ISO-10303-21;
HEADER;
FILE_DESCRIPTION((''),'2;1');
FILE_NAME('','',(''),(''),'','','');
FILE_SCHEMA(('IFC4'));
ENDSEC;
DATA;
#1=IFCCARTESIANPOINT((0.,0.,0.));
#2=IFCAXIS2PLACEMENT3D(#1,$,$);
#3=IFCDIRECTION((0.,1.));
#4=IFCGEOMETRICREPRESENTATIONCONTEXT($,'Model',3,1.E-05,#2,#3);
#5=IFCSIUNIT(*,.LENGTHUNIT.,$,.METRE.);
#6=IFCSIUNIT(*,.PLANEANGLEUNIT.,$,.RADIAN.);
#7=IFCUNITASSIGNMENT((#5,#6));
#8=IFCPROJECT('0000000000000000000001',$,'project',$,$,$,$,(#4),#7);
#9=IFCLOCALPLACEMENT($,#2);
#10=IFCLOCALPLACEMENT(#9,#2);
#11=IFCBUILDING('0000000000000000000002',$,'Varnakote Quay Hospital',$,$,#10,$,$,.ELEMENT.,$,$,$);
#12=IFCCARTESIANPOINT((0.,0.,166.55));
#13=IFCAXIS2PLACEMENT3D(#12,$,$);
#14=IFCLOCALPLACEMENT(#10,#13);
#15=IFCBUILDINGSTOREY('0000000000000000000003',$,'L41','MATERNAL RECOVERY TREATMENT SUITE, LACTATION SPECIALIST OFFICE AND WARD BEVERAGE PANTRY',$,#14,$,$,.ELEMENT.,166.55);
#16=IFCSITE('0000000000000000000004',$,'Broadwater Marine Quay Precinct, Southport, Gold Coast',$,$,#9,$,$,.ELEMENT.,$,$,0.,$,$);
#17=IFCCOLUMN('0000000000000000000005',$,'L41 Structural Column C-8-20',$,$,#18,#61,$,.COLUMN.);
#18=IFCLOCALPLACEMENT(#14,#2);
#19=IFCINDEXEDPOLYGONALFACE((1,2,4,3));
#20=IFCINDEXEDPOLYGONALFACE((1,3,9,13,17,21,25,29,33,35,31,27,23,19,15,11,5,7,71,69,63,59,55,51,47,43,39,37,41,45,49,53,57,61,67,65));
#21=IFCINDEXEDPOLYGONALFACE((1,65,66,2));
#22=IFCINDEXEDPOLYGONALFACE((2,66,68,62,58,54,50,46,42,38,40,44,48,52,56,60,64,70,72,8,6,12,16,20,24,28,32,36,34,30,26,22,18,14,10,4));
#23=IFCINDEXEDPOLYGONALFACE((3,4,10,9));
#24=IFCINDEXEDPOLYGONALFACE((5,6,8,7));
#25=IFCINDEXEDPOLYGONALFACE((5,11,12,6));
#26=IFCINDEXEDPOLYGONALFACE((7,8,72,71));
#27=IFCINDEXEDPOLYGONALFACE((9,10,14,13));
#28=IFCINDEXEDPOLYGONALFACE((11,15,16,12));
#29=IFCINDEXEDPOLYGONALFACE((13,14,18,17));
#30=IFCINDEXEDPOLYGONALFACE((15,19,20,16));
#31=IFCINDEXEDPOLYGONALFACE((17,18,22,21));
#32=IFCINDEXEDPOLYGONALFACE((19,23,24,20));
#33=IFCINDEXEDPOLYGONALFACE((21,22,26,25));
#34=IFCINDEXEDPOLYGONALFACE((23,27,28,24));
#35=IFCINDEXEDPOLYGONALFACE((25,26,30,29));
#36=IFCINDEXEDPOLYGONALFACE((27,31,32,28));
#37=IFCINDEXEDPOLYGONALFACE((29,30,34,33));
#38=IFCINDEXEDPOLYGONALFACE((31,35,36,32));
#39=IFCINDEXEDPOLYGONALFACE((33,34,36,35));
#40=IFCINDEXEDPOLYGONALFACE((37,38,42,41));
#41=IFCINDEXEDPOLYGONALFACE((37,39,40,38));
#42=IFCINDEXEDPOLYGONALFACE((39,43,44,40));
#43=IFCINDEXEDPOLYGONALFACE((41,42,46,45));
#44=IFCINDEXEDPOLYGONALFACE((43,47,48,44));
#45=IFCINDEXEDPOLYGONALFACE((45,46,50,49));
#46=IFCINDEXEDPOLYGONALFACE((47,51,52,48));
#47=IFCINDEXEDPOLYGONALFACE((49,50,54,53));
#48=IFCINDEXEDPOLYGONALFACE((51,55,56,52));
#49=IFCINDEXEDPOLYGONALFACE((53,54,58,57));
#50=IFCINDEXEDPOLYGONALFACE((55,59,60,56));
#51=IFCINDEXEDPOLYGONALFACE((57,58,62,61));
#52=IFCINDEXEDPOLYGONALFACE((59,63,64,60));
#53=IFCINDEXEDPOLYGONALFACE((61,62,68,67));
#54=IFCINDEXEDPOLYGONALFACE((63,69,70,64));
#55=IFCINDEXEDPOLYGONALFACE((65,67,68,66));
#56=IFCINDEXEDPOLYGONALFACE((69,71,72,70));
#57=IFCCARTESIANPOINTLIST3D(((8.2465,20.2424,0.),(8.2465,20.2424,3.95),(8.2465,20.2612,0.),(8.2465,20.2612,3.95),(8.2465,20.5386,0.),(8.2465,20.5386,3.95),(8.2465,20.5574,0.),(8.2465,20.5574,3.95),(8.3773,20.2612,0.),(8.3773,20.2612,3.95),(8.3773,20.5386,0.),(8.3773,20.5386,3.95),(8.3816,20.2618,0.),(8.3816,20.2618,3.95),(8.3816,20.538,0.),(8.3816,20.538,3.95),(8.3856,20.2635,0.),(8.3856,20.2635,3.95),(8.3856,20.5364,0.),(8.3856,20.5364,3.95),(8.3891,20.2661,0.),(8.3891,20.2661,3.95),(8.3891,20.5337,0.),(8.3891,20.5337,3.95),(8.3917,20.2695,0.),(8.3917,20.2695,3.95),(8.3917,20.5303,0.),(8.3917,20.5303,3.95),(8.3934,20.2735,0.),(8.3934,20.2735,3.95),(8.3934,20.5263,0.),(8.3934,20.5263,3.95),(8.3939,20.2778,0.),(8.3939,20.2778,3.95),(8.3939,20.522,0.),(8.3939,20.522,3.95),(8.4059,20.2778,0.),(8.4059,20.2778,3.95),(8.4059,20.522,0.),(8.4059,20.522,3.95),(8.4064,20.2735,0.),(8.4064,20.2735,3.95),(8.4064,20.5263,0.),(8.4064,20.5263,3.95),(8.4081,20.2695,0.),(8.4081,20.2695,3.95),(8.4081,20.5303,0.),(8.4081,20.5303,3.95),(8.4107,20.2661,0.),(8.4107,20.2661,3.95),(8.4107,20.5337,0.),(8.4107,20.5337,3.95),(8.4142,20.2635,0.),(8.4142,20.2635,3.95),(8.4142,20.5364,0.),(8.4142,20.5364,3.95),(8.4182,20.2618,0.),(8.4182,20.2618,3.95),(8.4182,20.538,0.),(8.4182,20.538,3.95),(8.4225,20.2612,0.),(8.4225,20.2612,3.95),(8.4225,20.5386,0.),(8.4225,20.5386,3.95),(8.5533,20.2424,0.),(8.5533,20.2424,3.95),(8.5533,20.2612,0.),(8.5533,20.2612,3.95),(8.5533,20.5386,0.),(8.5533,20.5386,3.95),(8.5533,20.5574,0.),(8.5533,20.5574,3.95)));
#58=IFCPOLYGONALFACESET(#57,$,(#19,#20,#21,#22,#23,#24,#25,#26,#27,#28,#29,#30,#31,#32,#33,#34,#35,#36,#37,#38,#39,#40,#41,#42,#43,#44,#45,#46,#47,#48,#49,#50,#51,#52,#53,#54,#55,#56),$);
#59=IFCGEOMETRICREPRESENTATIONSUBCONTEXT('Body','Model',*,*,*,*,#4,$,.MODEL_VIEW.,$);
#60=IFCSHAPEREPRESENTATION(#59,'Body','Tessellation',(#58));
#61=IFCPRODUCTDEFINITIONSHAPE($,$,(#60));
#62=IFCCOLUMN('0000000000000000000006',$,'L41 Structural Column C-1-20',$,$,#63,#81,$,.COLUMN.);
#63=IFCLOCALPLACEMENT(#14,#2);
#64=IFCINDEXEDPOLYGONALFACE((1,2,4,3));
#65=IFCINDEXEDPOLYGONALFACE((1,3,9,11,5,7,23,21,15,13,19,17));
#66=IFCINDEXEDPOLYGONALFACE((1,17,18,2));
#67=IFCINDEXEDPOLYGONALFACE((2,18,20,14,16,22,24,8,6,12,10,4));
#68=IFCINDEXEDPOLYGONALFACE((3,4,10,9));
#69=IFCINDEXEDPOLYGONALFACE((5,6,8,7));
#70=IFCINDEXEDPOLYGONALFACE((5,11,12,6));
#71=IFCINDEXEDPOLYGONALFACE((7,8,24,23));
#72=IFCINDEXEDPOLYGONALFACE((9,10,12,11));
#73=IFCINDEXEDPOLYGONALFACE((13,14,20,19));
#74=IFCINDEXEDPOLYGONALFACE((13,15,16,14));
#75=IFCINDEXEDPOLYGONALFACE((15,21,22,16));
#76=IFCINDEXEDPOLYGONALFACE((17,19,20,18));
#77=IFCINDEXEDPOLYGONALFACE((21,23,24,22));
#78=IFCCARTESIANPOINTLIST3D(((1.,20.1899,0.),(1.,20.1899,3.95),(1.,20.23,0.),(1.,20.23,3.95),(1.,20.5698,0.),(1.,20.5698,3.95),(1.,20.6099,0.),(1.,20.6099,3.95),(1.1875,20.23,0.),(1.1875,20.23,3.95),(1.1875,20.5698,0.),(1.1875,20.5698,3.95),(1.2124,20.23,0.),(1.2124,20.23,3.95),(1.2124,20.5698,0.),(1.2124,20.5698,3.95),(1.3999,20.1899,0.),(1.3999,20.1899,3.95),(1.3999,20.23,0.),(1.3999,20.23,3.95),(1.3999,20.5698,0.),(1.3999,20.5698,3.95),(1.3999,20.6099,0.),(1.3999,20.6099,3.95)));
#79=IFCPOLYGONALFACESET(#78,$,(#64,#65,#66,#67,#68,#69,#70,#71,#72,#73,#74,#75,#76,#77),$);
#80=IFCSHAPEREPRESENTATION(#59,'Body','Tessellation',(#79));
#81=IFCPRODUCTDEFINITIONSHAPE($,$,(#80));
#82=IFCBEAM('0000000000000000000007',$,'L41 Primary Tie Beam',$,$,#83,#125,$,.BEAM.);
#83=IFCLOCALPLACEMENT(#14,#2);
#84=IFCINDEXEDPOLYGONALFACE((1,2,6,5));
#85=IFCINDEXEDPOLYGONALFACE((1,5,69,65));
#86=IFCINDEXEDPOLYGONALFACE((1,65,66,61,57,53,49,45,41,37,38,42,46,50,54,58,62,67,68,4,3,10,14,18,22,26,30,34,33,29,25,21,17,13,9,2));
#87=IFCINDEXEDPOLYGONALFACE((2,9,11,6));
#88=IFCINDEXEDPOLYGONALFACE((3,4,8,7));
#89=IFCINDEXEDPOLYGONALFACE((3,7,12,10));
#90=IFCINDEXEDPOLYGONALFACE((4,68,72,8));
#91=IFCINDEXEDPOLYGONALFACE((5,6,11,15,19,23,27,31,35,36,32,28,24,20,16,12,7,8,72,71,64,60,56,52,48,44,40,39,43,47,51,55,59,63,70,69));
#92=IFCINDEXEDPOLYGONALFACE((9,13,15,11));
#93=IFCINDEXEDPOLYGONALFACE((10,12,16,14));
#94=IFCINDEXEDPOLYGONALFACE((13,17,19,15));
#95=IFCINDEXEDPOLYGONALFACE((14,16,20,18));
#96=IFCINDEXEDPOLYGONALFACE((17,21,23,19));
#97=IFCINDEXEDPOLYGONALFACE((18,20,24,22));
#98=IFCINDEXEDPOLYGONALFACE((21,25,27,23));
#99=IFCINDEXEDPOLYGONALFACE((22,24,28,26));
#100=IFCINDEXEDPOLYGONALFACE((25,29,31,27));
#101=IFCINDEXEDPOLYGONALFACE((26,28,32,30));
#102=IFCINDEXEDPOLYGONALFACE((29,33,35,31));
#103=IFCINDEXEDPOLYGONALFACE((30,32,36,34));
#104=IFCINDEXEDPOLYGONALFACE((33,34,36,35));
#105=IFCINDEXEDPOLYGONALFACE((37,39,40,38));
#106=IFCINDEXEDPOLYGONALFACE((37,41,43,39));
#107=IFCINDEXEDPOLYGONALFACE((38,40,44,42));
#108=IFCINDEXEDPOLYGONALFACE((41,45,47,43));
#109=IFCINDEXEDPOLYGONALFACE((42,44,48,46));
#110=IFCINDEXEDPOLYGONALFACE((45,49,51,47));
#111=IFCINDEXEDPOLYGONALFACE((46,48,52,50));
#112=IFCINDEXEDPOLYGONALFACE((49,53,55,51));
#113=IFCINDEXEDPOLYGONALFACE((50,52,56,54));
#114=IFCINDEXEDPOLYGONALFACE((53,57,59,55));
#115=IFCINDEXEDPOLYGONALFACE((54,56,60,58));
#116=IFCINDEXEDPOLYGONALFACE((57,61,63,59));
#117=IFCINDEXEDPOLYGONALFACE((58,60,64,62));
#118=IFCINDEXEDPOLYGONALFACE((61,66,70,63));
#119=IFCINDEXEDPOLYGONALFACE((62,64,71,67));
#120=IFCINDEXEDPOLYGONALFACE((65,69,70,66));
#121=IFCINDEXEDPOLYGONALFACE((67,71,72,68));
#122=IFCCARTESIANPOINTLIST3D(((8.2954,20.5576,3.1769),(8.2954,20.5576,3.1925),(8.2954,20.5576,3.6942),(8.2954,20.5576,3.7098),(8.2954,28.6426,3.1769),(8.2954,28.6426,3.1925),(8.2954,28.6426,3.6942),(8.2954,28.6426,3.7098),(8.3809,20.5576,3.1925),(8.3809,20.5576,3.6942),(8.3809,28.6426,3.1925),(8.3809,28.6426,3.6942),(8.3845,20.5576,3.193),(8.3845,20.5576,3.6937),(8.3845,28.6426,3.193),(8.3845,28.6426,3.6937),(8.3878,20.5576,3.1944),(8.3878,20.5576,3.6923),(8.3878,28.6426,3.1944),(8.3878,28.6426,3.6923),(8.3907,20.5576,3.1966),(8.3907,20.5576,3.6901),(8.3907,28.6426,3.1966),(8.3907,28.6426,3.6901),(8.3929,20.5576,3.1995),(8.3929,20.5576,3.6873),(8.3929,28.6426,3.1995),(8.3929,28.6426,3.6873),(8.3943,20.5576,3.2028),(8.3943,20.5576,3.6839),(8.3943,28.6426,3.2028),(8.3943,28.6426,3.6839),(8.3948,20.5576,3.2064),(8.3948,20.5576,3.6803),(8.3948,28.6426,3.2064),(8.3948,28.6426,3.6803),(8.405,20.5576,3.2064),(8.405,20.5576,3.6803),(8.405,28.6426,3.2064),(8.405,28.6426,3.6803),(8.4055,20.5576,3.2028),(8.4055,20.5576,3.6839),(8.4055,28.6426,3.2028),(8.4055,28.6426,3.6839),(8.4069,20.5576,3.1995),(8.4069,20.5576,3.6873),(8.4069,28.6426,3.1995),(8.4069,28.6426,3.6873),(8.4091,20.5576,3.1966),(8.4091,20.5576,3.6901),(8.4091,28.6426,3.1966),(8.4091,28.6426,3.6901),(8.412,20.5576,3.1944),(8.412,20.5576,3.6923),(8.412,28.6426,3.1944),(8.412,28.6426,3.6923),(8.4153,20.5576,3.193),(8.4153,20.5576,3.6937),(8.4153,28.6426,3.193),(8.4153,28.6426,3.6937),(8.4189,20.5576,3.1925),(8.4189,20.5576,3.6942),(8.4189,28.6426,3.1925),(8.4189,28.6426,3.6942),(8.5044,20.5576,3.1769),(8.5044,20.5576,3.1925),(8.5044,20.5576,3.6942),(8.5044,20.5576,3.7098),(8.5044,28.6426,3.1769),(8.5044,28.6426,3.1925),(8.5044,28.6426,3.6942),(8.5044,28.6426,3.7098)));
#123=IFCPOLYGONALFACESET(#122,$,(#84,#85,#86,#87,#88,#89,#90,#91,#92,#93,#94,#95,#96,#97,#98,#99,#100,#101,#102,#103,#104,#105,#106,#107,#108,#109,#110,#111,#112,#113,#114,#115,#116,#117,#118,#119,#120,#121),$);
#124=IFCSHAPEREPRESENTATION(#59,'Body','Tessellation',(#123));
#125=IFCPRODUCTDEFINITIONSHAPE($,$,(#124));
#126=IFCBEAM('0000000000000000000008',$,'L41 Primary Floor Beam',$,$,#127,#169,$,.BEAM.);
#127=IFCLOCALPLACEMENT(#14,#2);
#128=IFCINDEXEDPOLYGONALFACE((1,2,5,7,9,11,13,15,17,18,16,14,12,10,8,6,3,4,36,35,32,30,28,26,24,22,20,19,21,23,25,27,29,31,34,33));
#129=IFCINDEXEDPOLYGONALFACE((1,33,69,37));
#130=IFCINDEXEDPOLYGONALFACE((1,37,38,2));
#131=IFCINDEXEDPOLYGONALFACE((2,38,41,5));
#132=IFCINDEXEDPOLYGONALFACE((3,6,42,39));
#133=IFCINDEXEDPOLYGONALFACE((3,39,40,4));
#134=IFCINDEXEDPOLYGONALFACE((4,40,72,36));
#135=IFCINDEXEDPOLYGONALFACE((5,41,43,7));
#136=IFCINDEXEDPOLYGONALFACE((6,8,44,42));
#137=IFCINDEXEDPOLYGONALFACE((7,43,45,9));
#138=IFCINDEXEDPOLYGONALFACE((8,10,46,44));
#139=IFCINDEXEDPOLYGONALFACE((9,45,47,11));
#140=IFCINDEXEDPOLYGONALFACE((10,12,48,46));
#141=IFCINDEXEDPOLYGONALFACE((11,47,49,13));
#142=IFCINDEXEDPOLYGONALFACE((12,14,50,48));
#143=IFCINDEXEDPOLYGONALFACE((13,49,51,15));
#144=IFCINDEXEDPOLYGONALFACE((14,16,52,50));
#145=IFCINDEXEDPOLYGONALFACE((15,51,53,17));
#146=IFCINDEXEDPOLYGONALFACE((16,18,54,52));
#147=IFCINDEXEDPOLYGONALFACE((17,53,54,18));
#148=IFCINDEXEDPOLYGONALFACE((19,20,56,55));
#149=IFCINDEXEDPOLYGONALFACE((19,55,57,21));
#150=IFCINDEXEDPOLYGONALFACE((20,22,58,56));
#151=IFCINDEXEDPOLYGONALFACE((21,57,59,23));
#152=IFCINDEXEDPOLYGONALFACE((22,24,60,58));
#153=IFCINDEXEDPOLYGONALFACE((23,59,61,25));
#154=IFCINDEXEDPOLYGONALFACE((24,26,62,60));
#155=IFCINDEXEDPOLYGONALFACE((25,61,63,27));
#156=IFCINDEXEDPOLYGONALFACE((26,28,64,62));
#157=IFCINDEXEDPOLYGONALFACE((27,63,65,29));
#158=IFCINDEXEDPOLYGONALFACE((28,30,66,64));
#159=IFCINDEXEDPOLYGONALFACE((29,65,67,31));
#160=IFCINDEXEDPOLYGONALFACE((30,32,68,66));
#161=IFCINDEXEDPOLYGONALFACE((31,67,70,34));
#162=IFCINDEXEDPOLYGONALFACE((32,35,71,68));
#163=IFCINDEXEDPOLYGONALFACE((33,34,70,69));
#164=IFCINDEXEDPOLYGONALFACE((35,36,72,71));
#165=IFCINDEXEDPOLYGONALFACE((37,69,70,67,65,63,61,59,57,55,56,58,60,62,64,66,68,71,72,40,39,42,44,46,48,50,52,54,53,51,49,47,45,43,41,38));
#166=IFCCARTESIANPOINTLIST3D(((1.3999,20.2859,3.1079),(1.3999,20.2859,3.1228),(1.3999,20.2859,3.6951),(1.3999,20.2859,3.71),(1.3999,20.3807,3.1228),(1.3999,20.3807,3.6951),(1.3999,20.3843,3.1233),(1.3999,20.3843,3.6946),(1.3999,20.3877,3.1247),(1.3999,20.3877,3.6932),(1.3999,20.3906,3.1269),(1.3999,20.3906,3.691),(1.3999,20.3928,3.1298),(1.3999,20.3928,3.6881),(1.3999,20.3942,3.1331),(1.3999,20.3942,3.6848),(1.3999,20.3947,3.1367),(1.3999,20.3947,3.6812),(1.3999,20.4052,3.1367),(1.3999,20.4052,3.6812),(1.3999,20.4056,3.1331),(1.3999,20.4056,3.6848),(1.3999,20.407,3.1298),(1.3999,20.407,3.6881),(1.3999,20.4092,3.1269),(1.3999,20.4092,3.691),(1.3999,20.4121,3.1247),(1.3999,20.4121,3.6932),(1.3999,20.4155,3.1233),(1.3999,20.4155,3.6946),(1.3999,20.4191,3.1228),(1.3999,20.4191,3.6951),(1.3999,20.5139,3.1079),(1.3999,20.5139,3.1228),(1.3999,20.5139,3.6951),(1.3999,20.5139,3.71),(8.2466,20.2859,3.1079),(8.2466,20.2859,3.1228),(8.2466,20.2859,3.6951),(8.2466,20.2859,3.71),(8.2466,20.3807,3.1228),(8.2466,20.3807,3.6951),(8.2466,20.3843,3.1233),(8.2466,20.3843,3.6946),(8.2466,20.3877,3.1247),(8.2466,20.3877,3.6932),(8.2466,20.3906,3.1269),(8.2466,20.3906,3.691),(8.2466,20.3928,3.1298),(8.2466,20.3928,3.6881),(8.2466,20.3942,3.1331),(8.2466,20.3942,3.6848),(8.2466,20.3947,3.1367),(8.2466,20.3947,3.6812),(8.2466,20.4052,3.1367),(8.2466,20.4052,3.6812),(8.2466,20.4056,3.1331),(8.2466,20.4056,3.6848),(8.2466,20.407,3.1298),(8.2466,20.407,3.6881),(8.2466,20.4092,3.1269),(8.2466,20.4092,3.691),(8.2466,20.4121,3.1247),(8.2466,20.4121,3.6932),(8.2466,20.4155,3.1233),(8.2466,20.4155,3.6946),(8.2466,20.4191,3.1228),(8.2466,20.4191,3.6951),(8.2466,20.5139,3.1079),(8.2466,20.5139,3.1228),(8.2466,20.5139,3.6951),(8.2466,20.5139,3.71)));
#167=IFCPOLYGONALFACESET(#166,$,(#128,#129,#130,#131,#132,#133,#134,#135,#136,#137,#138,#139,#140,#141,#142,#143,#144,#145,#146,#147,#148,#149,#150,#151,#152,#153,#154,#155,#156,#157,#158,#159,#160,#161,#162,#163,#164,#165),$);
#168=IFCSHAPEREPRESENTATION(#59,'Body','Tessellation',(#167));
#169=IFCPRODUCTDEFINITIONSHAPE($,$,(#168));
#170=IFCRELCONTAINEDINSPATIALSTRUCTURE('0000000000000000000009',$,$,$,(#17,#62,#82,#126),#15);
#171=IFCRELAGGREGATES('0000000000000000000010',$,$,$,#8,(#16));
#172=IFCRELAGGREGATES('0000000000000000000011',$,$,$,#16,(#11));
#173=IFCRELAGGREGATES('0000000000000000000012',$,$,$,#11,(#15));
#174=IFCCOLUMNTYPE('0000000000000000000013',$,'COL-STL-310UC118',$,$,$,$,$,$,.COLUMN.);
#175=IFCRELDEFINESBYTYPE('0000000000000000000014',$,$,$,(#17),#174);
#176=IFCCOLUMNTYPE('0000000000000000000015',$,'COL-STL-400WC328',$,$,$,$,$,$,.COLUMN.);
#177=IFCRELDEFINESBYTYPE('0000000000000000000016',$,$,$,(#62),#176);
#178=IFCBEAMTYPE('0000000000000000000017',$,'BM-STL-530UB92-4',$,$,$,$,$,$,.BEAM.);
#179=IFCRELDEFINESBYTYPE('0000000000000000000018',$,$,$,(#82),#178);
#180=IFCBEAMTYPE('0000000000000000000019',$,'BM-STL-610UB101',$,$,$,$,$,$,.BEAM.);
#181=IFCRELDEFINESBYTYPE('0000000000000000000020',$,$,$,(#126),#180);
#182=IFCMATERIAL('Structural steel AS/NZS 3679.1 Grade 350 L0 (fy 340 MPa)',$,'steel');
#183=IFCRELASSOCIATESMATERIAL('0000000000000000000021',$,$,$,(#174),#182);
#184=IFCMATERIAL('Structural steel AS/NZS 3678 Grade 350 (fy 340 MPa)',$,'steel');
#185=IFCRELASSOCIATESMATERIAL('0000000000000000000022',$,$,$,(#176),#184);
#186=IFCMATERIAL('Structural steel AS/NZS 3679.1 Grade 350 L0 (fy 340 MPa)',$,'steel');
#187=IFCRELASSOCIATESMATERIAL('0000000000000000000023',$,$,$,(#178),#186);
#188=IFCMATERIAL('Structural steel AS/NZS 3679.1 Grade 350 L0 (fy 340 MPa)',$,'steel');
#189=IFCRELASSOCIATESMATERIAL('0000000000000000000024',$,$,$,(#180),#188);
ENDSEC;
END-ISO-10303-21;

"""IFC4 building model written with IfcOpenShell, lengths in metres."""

from ifc_helpers import new_model, si_unit, direction, frame, origin, origin_2d, place, context, subcontext, project, spatial, i_section, extrude, material, material_profile, profile_set, type_object, element, save


model = new_model("IFC4")

# Units and contexts
model_context = context("Model", 3, precision=1e-05, world=origin(), true_north=direction((0.0, 1.0)))
body_context = subcontext(model_context, "Body", "Model", "MODEL_VIEW")
ifc_project = project(units=[si_unit("LENGTHUNIT", "METRE"), si_unit("PLANEANGLEUNIT", "RADIAN")], contexts=[model_context])

# Site, building, storey
site_placement = place(None, origin())
site = spatial("IfcSite", under=ifc_project, at=site_placement, Name="Broadwater Marine Quay Precinct, Southport, Gold Coast", CompositionType="ELEMENT", RefElevation=0.0)
building_placement = place(site_placement, origin())
building = spatial("IfcBuilding", under=site, at=building_placement, Name="Varnakote Quay Hospital", CompositionType="ELEMENT")
storey_placement = place(building_placement, frame((0.0, 0.0, 166.55)))
storey = spatial("IfcBuildingStorey", under=building, at=storey_placement, Name="L41", Description="MATERNAL RECOVERY TREATMENT SUITE, LACTATION SPECIALIST OFFICE AND WARD BEVERAGE PANTRY", CompositionType="ELEMENT", Elevation=166.55)

# Columns
ifc_material_1 = material(Name="Structural steel AS/NZS 3679.1 Grade 350 L0 (fy 340 MPa)", Category="steel")
ifc_material_profile_1 = material_profile(ifc_material_1, i_section(OverallWidth=0.3069, OverallDepth=0.3149, WebThickness=0.012, FlangeThickness=0.0188, FilletRadius=0.0166, at=origin_2d()), Name="310UC118")
ifc_profile_set_1 = profile_set([ifc_material_profile_1], Name="Structural steel AS/NZS 3679.1 Grade 350 L0 (fy 340 MPa)")
column_type_1 = type_object("IfcColumnType", Name="COL-STL-310UC118", PredefinedType="COLUMN", material=ifc_profile_set_1)
column_1_placement = place(storey_placement, frame((8.3999, 20.3999, 0.0), z_axis=(0.0, 0.0, 1.0), x_axis=(1.0, 0.0, 0.0)))
element("IfcColumn", 1, at=column_1_placement, inside=storey, type_object=column_type_1, Name="L41 Structural Column C-8-20", PredefinedType="COLUMN", context=body_context, shape_type="SweptSolid", body=[
    extrude(i_section(OverallWidth=0.3069, OverallDepth=0.3149, WebThickness=0.012, FlangeThickness=0.0188, FilletRadius=0.0166, at=origin_2d()), origin(), (0.0, 0.0, 1.0), 3.95),
])
ifc_material_2 = material(Name="Structural steel AS/NZS 3678 Grade 350 (fy 340 MPa)", Category="steel")
ifc_material_profile_2 = material_profile(ifc_material_2, i_section(OverallWidth=0.3999, OverallDepth=0.4199, WebThickness=0.0249, FlangeThickness=0.04, at=origin_2d()), Name="400WC328")
ifc_profile_set_2 = profile_set([ifc_material_profile_2], Name="Structural steel AS/NZS 3678 Grade 350 (fy 340 MPa)")
column_type_2 = type_object("IfcColumnType", Name="COL-STL-400WC328", PredefinedType="COLUMN", material=ifc_profile_set_2)
column_2_placement = place(storey_placement, frame((1.2, 20.3999, 0.0), z_axis=(0.0, 0.0, 1.0), x_axis=(1.0, 0.0, 0.0)))
element("IfcColumn", 2, at=column_2_placement, inside=storey, type_object=column_type_2, Name="L41 Structural Column C-1-20", PredefinedType="COLUMN", context=body_context, shape_type="SweptSolid", body=[
    extrude(i_section(OverallWidth=0.3999, OverallDepth=0.4199, WebThickness=0.0249, FlangeThickness=0.04, at=origin_2d()), origin(), (0.0, 0.0, 1.0), 3.95),
])

# Beams
ifc_material_3 = material(Name="Structural steel AS/NZS 3679.1 Grade 350 L0 (fy 340 MPa)", Category="steel")
ifc_material_profile_3 = material_profile(ifc_material_3, i_section(OverallWidth=0.209, OverallDepth=0.533, WebThickness=0.0103, FlangeThickness=0.0156, FilletRadius=0.0139, at=origin_2d()), Name="530UB92.4")
ifc_profile_set_3 = profile_set([ifc_material_profile_3], Name="Structural steel AS/NZS 3679.1 Grade 350 L0 (fy 340 MPa)")
beam_type_1 = type_object("IfcBeamType", Name="BM-STL-530UB92-4", PredefinedType="BEAM", material=ifc_profile_set_3)
beam_1_placement = place(storey_placement, frame((8.3999, 20.5576, 3.4434), z_axis=(0.0, 1.0, 0.0), x_axis=(-1.0, 0.0, 0.0)))
element("IfcBeam", 3, at=beam_1_placement, inside=storey, type_object=beam_type_1, Name="L41 Primary Tie Beam", PredefinedType="BEAM", context=body_context, shape_type="SweptSolid", body=[
    extrude(i_section(OverallWidth=0.209, OverallDepth=0.533, WebThickness=0.0103, FlangeThickness=0.0156, FilletRadius=0.0139, at=origin_2d()), origin(), (0.0, 0.0, 1.0), 8.085),
])
ifc_material_4 = material(Name="Structural steel AS/NZS 3679.1 Grade 350 L0 (fy 340 MPa)", Category="steel")
ifc_material_profile_4 = material_profile(ifc_material_4, i_section(OverallWidth=0.228, OverallDepth=0.6021, WebThickness=0.0105, FlangeThickness=0.0149, FilletRadius=0.0139, at=origin_2d()), Name="610UB101")
ifc_profile_set_4 = profile_set([ifc_material_profile_4], Name="Structural steel AS/NZS 3679.1 Grade 350 L0 (fy 340 MPa)")
beam_type_2 = type_object("IfcBeamType", Name="BM-STL-610UB101", PredefinedType="BEAM", material=ifc_profile_set_4)
beam_2_placement = place(storey_placement, frame((1.3999, 20.3999, 3.4089), z_axis=(1.0, 0.0, 0.0), x_axis=(0.0, 1.0, 0.0)))
element("IfcBeam", 4, at=beam_2_placement, inside=storey, type_object=beam_type_2, Name="L41 Primary Floor Beam", PredefinedType="BEAM", context=body_context, shape_type="SweptSolid", body=[
    extrude(i_section(OverallWidth=0.228, OverallDepth=0.6021, WebThickness=0.0105, FlangeThickness=0.0149, FilletRadius=0.0139, at=origin_2d()), origin(), (0.0, 0.0, 1.0), 6.8467),
])

save(model, "model.ifc")
